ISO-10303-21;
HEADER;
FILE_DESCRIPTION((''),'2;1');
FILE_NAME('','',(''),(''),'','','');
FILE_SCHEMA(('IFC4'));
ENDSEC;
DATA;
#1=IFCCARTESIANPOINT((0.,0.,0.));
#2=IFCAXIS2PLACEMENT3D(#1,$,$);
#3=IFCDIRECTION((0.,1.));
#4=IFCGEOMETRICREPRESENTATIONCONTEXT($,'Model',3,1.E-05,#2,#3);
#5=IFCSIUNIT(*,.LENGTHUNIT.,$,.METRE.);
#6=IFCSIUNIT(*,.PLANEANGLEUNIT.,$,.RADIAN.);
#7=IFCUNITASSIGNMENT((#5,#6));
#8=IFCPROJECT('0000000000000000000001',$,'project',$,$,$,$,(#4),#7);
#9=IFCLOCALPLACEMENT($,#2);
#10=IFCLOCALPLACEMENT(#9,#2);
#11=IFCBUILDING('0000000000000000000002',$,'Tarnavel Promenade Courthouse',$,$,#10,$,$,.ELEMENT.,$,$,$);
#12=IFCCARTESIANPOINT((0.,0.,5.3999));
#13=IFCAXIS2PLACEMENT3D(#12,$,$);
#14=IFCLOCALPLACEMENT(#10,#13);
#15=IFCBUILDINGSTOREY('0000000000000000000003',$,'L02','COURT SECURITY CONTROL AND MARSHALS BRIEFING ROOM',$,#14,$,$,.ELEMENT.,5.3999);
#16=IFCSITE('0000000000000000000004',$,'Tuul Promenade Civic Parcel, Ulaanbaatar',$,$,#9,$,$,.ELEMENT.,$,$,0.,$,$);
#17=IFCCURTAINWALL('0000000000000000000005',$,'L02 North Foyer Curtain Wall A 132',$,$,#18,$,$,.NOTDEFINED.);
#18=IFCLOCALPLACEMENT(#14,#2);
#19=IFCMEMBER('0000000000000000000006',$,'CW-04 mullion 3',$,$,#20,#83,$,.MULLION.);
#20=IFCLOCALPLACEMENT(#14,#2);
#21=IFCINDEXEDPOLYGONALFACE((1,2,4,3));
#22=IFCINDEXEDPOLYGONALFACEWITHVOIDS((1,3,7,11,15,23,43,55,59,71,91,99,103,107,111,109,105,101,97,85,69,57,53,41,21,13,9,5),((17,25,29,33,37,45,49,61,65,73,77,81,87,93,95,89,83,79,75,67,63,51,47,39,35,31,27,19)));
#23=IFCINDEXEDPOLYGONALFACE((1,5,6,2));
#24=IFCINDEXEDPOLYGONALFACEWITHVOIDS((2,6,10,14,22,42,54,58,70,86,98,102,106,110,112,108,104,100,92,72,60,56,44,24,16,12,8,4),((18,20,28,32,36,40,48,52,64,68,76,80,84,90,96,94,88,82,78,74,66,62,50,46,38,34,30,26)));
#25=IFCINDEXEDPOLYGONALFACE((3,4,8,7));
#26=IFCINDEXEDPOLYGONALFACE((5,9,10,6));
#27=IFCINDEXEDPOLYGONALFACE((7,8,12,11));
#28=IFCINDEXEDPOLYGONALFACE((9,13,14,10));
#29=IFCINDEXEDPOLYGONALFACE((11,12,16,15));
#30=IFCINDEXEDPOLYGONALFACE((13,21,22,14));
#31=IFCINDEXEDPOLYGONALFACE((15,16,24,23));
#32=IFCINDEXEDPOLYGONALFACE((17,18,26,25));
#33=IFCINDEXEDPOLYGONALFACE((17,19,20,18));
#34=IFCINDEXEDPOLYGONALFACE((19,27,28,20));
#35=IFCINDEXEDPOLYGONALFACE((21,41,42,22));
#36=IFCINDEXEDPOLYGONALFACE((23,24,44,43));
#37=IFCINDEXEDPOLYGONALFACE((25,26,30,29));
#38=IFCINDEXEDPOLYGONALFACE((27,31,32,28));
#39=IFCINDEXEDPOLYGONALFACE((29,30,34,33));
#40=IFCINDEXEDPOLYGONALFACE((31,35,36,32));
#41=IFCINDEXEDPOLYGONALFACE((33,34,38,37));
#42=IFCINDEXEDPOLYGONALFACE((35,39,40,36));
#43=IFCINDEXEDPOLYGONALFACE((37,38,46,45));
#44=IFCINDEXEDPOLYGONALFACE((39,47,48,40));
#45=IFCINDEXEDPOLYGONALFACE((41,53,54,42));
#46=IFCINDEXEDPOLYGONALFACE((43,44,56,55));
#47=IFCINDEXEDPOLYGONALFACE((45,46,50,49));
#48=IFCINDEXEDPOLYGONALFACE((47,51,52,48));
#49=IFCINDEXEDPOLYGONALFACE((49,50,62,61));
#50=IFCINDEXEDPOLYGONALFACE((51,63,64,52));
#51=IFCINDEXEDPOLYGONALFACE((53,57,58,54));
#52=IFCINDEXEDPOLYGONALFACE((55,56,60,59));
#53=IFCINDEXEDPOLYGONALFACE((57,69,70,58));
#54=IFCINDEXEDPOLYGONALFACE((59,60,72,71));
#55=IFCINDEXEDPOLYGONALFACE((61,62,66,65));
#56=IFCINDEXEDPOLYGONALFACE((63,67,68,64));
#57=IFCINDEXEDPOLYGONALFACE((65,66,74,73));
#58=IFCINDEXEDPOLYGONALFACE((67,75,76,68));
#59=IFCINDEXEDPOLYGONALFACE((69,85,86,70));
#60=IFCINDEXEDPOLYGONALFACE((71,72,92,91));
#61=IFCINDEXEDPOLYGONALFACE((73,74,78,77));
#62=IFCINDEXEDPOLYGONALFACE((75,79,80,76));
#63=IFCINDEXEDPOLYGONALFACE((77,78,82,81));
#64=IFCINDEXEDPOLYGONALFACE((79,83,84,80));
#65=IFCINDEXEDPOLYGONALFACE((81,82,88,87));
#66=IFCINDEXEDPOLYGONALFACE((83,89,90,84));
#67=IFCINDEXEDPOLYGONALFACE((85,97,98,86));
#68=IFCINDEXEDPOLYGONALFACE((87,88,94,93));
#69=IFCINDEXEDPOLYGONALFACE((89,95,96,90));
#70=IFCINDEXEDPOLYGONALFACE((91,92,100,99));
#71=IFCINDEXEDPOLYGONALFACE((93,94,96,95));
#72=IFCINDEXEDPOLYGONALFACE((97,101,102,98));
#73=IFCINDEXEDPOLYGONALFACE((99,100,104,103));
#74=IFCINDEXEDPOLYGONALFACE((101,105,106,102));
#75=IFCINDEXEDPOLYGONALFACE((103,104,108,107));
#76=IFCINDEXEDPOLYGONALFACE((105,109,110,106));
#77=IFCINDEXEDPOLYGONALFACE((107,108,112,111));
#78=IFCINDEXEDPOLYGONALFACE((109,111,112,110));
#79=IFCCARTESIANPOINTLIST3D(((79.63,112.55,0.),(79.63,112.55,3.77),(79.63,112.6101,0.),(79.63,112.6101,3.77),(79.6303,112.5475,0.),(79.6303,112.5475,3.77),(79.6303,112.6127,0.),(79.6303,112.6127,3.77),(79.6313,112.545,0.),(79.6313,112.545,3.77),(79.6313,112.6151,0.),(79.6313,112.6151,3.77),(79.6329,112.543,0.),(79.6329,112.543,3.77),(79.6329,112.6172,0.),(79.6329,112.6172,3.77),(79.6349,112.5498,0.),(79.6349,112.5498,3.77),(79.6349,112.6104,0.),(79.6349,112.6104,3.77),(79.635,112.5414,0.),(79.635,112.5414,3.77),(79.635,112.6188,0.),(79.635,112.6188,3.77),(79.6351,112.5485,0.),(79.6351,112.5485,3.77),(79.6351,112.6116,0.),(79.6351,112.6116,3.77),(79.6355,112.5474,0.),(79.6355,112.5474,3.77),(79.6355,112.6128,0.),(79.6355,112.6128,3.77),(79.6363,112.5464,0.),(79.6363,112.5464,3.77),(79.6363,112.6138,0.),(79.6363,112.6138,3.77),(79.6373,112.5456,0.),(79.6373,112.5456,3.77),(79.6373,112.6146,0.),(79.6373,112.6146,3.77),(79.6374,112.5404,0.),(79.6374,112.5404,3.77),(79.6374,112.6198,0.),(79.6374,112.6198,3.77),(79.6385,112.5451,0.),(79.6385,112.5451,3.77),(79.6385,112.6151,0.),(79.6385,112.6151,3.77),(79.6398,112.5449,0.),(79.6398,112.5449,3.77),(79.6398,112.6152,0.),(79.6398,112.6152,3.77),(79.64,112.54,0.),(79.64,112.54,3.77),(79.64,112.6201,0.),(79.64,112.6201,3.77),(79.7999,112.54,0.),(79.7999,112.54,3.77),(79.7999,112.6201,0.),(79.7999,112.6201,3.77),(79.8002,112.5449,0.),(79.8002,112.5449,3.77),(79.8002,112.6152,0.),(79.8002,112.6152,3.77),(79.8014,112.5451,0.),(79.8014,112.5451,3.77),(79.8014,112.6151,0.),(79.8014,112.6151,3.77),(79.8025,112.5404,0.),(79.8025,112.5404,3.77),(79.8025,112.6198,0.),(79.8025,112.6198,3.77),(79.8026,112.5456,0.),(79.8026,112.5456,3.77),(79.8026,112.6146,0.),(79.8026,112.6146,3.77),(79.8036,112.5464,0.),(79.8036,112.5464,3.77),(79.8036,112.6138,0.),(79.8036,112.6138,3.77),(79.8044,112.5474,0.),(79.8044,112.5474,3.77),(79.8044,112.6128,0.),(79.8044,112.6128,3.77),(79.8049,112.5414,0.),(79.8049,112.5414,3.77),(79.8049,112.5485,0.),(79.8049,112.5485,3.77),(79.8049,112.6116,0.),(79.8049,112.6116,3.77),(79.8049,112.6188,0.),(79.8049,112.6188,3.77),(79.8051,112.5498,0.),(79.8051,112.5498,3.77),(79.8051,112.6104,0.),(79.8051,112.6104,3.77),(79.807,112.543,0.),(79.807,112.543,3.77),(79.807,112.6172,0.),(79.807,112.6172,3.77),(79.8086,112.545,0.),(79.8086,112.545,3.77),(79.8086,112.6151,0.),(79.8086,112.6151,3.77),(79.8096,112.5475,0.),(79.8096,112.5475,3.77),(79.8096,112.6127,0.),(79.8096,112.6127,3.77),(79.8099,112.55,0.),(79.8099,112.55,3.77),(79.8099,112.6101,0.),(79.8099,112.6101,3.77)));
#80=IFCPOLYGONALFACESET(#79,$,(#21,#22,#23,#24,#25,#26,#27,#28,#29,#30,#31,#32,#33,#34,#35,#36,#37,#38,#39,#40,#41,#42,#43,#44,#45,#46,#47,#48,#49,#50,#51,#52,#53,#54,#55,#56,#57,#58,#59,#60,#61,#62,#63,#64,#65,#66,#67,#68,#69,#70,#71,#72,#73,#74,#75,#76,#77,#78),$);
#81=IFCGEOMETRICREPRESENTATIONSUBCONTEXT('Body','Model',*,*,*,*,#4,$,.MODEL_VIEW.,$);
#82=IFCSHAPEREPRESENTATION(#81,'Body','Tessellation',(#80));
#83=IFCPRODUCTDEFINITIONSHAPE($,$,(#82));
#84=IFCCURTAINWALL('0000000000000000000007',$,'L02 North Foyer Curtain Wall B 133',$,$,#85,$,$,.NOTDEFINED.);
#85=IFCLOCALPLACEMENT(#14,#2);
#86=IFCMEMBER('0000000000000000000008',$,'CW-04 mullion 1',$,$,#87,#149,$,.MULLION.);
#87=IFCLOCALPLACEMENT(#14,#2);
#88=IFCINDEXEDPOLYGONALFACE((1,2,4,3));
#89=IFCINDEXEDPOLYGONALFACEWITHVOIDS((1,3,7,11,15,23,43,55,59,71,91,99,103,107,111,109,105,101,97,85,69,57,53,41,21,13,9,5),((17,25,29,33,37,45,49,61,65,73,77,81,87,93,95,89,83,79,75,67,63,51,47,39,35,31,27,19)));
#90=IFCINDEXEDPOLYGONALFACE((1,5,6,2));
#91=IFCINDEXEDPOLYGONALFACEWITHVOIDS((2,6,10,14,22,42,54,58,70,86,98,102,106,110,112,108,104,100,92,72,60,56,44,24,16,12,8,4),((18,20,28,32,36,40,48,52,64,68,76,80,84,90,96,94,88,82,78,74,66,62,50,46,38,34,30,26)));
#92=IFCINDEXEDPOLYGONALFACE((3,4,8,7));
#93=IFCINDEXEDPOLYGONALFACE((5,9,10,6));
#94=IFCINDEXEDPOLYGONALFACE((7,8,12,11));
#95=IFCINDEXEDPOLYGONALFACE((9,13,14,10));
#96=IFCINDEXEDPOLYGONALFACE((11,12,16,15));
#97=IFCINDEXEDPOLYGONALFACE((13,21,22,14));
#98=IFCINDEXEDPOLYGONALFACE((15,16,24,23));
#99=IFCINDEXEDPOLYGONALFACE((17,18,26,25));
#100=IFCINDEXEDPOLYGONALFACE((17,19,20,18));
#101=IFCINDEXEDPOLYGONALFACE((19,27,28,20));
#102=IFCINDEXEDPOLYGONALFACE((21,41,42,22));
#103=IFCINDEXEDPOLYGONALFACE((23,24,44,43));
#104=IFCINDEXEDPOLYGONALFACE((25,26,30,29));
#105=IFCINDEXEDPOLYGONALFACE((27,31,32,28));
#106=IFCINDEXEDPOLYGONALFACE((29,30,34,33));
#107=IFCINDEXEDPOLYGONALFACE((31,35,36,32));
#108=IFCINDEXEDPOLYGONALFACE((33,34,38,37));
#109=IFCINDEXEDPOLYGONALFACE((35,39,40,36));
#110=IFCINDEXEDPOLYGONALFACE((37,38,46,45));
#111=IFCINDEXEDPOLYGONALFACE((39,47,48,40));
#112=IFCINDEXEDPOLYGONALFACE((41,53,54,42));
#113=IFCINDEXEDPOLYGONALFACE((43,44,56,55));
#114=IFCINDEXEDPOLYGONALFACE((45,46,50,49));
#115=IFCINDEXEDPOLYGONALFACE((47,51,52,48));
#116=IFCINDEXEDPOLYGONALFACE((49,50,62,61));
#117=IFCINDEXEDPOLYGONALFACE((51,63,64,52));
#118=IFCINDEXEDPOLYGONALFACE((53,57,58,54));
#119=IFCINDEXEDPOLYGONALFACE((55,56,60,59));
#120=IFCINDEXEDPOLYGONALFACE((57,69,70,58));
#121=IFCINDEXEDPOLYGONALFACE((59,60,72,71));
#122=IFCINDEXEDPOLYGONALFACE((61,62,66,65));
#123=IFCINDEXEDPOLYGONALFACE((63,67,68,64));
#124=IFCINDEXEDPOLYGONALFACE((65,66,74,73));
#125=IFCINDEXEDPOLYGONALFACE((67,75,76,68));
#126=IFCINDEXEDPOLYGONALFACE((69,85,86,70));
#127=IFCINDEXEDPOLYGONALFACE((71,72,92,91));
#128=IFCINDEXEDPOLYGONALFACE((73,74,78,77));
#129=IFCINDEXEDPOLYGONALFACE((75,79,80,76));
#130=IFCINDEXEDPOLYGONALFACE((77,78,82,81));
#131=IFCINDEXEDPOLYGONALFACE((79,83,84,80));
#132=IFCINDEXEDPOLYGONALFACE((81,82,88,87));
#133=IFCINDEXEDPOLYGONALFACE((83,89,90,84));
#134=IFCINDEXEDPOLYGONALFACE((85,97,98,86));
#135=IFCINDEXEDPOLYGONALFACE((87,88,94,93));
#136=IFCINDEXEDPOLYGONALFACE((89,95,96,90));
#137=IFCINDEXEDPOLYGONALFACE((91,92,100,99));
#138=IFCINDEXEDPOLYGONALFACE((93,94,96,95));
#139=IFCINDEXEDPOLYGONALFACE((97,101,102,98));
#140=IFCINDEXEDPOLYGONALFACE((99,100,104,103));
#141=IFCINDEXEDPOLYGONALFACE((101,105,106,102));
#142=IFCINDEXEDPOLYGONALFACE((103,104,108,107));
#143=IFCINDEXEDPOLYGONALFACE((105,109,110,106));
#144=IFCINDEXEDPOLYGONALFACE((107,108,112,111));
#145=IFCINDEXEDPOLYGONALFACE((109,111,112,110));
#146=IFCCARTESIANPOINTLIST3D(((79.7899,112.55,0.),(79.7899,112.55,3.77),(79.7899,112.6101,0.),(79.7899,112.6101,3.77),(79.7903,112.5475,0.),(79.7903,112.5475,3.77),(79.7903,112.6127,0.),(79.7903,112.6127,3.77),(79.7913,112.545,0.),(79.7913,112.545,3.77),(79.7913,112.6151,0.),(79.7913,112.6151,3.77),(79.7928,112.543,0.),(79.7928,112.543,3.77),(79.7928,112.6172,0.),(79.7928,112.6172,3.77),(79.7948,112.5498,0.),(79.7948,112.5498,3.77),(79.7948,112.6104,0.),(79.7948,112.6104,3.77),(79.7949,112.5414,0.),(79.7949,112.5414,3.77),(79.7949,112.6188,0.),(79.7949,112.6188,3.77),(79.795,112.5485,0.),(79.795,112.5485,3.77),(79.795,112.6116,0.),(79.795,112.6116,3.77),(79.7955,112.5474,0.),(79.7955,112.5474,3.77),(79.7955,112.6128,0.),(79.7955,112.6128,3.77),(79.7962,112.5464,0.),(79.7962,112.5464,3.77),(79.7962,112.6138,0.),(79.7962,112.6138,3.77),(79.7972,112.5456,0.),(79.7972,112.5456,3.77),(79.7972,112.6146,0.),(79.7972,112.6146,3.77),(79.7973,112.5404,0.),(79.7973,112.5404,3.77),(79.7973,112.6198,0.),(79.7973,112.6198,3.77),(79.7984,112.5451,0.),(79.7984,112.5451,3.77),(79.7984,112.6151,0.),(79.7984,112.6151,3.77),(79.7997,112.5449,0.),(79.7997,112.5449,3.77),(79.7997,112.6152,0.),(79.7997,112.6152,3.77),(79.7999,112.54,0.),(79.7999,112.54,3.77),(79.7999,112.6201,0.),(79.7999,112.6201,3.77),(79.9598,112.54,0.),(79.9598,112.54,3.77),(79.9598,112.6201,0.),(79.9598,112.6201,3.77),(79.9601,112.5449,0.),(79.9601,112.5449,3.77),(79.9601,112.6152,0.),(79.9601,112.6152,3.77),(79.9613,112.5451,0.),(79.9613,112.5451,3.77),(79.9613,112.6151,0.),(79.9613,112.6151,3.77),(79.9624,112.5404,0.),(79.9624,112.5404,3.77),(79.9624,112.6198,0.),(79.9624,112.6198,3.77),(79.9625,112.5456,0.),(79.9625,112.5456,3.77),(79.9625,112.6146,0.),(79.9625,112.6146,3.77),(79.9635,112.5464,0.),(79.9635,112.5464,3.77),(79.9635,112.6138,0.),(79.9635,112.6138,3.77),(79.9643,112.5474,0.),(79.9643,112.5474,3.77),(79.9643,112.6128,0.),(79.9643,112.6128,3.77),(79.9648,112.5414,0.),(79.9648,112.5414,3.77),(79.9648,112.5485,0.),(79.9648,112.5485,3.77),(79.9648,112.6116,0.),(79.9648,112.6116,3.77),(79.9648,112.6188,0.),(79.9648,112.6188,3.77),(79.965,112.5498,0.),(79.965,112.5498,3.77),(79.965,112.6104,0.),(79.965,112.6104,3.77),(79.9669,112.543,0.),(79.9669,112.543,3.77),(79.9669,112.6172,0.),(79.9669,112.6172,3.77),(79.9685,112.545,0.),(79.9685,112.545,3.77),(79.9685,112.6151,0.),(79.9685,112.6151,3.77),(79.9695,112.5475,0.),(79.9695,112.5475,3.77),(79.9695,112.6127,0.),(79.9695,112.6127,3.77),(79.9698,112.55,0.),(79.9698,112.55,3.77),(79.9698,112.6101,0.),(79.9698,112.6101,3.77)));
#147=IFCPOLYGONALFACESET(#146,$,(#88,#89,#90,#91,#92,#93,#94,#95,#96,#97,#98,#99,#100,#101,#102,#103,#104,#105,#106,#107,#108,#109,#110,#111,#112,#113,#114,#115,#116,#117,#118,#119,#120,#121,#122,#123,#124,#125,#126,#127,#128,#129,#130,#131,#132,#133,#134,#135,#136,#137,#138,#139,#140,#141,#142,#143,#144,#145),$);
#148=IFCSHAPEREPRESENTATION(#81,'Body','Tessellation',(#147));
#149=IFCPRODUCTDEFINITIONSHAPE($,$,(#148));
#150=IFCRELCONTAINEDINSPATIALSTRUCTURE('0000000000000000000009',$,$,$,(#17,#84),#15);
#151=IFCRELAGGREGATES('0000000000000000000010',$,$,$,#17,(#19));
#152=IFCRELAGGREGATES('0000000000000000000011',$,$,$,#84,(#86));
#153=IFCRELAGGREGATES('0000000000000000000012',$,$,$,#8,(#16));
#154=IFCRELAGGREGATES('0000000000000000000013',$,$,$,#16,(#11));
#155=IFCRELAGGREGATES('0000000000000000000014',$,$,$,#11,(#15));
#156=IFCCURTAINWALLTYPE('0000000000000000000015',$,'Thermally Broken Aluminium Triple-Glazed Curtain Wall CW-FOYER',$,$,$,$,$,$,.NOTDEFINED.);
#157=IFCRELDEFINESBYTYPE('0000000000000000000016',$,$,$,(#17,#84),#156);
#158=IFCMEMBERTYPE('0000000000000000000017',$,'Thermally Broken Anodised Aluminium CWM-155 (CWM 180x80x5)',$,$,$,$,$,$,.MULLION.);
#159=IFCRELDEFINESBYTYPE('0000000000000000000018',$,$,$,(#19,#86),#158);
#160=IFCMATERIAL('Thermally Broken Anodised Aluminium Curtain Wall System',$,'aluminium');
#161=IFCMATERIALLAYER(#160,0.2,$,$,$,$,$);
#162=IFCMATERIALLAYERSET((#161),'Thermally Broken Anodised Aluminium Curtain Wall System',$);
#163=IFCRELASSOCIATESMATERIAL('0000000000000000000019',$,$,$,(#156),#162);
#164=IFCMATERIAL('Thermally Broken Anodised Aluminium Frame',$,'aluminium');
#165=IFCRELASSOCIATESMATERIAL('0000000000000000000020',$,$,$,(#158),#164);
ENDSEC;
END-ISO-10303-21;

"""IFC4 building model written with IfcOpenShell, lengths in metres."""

from ifc_helpers import new_model, si_unit, direction, frame, origin, origin_2d, place, context, subcontext, project, spatial, hollow_rectangle, extrude, material, layer, layer_set, material_profile, profile_set, type_object, element, aggregate, save


model = new_model("IFC4")

# Units and contexts
model_context = context("Model", 3, precision=1e-05, world=origin(), true_north=direction((0.0, 1.0)))
body_context = subcontext(model_context, "Body", "Model", "MODEL_VIEW")
ifc_project = project(units=[si_unit("LENGTHUNIT", "METRE"), si_unit("PLANEANGLEUNIT", "RADIAN")], contexts=[model_context])

# Site, building, storey
site_placement = place(None, origin())
site = spatial("IfcSite", under=ifc_project, at=site_placement, Name="Tuul Promenade Civic Parcel, Ulaanbaatar", CompositionType="ELEMENT", RefElevation=0.0)
building_placement = place(site_placement, origin())
building = spatial("IfcBuilding", under=site, at=building_placement, Name="Tarnavel Promenade Courthouse", CompositionType="ELEMENT")
storey_placement = place(building_placement, frame((0.0, 0.0, 5.3999)))
storey = spatial("IfcBuildingStorey", under=building, at=storey_placement, Name="L02", Description="COURT SECURITY CONTROL AND MARSHALS BRIEFING ROOM", CompositionType="ELEMENT", Elevation=5.3999)

# Curtain walls, members
ifc_material_1 = material(Name="Thermally Broken Anodised Aluminium Curtain Wall System", Category="aluminium")
ifc_layer_1 = layer(ifc_material_1, 0.2)
ifc_layer_set_1 = layer_set([ifc_layer_1], Name="Thermally Broken Anodised Aluminium Curtain Wall System")
curtain_wall_type = type_object("IfcCurtainWallType", Name="Thermally Broken Aluminium Triple-Glazed Curtain Wall CW-FOYER", PredefinedType="NOTDEFINED", material=ifc_layer_set_1)
curtain_wall_1_placement = place(storey_placement, origin())
curtain_wall_1 = element("IfcCurtainWall", 1, at=curtain_wall_1_placement, inside=storey, type_object=curtain_wall_type, Name="L02 North Foyer Curtain Wall A 132", PredefinedType="NOTDEFINED")
ifc_material_2 = material(Name="Thermally Broken Anodised Aluminium Frame", Category="aluminium")
ifc_material_profile_1 = material_profile(ifc_material_2, hollow_rectangle(XDim=0.0801, YDim=0.1799, WallThickness=0.0049, InnerFilletRadius=0.0049, OuterFilletRadius=0.01, at=origin_2d()), Name="CWM 180x80x5")
ifc_profile_set_1 = profile_set([ifc_material_profile_1], Name="Thermally Broken Anodised Aluminium Frame")
member_type_1 = type_object("IfcMemberType", Name="Thermally Broken Anodised Aluminium CWM-155 (CWM 180x80x5)", PredefinedType="MULLION", material=ifc_profile_set_1)
member_1_placement = place(storey_placement, frame((79.72, 112.5801, 0.0), z_axis=(0.0, 0.0, 1.0), x_axis=(0.0, 1.0, 0.0)))
member_1 = element("IfcMember", 2, at=member_1_placement, type_object=member_type_1, Name="CW-04 mullion 3", PredefinedType="MULLION", context=body_context, shape_type="SweptSolid", body=[
    extrude(hollow_rectangle(XDim=0.0801, YDim=0.1799, WallThickness=0.0049, InnerFilletRadius=0.0049, OuterFilletRadius=0.01, at=origin_2d()), origin(), (0.0, 0.0, 1.0), 3.77),
])
curtain_wall_2_placement = place(storey_placement, origin())
curtain_wall_2 = element("IfcCurtainWall", 3, at=curtain_wall_2_placement, inside=storey, type_object=curtain_wall_type, Name="L02 North Foyer Curtain Wall B 133", PredefinedType="NOTDEFINED")
member_2_placement = place(storey_placement, frame((79.8799, 112.5801, 0.0), z_axis=(0.0, 0.0, 1.0), x_axis=(0.0, 1.0, 0.0)))
member_2 = element("IfcMember", 4, at=member_2_placement, type_object=member_type_1, Name="CW-04 mullion 1", PredefinedType="MULLION", context=body_context, shape_type="SweptSolid", body=[
    extrude(hollow_rectangle(XDim=0.0801, YDim=0.1799, WallThickness=0.0049, InnerFilletRadius=0.0049, OuterFilletRadius=0.01, at=origin_2d()), origin(), (0.0, 0.0, 1.0), 3.77),
])

aggregate(curtain_wall_1, [member_1])
aggregate(curtain_wall_2, [member_2])

save(model, "model.ifc")
